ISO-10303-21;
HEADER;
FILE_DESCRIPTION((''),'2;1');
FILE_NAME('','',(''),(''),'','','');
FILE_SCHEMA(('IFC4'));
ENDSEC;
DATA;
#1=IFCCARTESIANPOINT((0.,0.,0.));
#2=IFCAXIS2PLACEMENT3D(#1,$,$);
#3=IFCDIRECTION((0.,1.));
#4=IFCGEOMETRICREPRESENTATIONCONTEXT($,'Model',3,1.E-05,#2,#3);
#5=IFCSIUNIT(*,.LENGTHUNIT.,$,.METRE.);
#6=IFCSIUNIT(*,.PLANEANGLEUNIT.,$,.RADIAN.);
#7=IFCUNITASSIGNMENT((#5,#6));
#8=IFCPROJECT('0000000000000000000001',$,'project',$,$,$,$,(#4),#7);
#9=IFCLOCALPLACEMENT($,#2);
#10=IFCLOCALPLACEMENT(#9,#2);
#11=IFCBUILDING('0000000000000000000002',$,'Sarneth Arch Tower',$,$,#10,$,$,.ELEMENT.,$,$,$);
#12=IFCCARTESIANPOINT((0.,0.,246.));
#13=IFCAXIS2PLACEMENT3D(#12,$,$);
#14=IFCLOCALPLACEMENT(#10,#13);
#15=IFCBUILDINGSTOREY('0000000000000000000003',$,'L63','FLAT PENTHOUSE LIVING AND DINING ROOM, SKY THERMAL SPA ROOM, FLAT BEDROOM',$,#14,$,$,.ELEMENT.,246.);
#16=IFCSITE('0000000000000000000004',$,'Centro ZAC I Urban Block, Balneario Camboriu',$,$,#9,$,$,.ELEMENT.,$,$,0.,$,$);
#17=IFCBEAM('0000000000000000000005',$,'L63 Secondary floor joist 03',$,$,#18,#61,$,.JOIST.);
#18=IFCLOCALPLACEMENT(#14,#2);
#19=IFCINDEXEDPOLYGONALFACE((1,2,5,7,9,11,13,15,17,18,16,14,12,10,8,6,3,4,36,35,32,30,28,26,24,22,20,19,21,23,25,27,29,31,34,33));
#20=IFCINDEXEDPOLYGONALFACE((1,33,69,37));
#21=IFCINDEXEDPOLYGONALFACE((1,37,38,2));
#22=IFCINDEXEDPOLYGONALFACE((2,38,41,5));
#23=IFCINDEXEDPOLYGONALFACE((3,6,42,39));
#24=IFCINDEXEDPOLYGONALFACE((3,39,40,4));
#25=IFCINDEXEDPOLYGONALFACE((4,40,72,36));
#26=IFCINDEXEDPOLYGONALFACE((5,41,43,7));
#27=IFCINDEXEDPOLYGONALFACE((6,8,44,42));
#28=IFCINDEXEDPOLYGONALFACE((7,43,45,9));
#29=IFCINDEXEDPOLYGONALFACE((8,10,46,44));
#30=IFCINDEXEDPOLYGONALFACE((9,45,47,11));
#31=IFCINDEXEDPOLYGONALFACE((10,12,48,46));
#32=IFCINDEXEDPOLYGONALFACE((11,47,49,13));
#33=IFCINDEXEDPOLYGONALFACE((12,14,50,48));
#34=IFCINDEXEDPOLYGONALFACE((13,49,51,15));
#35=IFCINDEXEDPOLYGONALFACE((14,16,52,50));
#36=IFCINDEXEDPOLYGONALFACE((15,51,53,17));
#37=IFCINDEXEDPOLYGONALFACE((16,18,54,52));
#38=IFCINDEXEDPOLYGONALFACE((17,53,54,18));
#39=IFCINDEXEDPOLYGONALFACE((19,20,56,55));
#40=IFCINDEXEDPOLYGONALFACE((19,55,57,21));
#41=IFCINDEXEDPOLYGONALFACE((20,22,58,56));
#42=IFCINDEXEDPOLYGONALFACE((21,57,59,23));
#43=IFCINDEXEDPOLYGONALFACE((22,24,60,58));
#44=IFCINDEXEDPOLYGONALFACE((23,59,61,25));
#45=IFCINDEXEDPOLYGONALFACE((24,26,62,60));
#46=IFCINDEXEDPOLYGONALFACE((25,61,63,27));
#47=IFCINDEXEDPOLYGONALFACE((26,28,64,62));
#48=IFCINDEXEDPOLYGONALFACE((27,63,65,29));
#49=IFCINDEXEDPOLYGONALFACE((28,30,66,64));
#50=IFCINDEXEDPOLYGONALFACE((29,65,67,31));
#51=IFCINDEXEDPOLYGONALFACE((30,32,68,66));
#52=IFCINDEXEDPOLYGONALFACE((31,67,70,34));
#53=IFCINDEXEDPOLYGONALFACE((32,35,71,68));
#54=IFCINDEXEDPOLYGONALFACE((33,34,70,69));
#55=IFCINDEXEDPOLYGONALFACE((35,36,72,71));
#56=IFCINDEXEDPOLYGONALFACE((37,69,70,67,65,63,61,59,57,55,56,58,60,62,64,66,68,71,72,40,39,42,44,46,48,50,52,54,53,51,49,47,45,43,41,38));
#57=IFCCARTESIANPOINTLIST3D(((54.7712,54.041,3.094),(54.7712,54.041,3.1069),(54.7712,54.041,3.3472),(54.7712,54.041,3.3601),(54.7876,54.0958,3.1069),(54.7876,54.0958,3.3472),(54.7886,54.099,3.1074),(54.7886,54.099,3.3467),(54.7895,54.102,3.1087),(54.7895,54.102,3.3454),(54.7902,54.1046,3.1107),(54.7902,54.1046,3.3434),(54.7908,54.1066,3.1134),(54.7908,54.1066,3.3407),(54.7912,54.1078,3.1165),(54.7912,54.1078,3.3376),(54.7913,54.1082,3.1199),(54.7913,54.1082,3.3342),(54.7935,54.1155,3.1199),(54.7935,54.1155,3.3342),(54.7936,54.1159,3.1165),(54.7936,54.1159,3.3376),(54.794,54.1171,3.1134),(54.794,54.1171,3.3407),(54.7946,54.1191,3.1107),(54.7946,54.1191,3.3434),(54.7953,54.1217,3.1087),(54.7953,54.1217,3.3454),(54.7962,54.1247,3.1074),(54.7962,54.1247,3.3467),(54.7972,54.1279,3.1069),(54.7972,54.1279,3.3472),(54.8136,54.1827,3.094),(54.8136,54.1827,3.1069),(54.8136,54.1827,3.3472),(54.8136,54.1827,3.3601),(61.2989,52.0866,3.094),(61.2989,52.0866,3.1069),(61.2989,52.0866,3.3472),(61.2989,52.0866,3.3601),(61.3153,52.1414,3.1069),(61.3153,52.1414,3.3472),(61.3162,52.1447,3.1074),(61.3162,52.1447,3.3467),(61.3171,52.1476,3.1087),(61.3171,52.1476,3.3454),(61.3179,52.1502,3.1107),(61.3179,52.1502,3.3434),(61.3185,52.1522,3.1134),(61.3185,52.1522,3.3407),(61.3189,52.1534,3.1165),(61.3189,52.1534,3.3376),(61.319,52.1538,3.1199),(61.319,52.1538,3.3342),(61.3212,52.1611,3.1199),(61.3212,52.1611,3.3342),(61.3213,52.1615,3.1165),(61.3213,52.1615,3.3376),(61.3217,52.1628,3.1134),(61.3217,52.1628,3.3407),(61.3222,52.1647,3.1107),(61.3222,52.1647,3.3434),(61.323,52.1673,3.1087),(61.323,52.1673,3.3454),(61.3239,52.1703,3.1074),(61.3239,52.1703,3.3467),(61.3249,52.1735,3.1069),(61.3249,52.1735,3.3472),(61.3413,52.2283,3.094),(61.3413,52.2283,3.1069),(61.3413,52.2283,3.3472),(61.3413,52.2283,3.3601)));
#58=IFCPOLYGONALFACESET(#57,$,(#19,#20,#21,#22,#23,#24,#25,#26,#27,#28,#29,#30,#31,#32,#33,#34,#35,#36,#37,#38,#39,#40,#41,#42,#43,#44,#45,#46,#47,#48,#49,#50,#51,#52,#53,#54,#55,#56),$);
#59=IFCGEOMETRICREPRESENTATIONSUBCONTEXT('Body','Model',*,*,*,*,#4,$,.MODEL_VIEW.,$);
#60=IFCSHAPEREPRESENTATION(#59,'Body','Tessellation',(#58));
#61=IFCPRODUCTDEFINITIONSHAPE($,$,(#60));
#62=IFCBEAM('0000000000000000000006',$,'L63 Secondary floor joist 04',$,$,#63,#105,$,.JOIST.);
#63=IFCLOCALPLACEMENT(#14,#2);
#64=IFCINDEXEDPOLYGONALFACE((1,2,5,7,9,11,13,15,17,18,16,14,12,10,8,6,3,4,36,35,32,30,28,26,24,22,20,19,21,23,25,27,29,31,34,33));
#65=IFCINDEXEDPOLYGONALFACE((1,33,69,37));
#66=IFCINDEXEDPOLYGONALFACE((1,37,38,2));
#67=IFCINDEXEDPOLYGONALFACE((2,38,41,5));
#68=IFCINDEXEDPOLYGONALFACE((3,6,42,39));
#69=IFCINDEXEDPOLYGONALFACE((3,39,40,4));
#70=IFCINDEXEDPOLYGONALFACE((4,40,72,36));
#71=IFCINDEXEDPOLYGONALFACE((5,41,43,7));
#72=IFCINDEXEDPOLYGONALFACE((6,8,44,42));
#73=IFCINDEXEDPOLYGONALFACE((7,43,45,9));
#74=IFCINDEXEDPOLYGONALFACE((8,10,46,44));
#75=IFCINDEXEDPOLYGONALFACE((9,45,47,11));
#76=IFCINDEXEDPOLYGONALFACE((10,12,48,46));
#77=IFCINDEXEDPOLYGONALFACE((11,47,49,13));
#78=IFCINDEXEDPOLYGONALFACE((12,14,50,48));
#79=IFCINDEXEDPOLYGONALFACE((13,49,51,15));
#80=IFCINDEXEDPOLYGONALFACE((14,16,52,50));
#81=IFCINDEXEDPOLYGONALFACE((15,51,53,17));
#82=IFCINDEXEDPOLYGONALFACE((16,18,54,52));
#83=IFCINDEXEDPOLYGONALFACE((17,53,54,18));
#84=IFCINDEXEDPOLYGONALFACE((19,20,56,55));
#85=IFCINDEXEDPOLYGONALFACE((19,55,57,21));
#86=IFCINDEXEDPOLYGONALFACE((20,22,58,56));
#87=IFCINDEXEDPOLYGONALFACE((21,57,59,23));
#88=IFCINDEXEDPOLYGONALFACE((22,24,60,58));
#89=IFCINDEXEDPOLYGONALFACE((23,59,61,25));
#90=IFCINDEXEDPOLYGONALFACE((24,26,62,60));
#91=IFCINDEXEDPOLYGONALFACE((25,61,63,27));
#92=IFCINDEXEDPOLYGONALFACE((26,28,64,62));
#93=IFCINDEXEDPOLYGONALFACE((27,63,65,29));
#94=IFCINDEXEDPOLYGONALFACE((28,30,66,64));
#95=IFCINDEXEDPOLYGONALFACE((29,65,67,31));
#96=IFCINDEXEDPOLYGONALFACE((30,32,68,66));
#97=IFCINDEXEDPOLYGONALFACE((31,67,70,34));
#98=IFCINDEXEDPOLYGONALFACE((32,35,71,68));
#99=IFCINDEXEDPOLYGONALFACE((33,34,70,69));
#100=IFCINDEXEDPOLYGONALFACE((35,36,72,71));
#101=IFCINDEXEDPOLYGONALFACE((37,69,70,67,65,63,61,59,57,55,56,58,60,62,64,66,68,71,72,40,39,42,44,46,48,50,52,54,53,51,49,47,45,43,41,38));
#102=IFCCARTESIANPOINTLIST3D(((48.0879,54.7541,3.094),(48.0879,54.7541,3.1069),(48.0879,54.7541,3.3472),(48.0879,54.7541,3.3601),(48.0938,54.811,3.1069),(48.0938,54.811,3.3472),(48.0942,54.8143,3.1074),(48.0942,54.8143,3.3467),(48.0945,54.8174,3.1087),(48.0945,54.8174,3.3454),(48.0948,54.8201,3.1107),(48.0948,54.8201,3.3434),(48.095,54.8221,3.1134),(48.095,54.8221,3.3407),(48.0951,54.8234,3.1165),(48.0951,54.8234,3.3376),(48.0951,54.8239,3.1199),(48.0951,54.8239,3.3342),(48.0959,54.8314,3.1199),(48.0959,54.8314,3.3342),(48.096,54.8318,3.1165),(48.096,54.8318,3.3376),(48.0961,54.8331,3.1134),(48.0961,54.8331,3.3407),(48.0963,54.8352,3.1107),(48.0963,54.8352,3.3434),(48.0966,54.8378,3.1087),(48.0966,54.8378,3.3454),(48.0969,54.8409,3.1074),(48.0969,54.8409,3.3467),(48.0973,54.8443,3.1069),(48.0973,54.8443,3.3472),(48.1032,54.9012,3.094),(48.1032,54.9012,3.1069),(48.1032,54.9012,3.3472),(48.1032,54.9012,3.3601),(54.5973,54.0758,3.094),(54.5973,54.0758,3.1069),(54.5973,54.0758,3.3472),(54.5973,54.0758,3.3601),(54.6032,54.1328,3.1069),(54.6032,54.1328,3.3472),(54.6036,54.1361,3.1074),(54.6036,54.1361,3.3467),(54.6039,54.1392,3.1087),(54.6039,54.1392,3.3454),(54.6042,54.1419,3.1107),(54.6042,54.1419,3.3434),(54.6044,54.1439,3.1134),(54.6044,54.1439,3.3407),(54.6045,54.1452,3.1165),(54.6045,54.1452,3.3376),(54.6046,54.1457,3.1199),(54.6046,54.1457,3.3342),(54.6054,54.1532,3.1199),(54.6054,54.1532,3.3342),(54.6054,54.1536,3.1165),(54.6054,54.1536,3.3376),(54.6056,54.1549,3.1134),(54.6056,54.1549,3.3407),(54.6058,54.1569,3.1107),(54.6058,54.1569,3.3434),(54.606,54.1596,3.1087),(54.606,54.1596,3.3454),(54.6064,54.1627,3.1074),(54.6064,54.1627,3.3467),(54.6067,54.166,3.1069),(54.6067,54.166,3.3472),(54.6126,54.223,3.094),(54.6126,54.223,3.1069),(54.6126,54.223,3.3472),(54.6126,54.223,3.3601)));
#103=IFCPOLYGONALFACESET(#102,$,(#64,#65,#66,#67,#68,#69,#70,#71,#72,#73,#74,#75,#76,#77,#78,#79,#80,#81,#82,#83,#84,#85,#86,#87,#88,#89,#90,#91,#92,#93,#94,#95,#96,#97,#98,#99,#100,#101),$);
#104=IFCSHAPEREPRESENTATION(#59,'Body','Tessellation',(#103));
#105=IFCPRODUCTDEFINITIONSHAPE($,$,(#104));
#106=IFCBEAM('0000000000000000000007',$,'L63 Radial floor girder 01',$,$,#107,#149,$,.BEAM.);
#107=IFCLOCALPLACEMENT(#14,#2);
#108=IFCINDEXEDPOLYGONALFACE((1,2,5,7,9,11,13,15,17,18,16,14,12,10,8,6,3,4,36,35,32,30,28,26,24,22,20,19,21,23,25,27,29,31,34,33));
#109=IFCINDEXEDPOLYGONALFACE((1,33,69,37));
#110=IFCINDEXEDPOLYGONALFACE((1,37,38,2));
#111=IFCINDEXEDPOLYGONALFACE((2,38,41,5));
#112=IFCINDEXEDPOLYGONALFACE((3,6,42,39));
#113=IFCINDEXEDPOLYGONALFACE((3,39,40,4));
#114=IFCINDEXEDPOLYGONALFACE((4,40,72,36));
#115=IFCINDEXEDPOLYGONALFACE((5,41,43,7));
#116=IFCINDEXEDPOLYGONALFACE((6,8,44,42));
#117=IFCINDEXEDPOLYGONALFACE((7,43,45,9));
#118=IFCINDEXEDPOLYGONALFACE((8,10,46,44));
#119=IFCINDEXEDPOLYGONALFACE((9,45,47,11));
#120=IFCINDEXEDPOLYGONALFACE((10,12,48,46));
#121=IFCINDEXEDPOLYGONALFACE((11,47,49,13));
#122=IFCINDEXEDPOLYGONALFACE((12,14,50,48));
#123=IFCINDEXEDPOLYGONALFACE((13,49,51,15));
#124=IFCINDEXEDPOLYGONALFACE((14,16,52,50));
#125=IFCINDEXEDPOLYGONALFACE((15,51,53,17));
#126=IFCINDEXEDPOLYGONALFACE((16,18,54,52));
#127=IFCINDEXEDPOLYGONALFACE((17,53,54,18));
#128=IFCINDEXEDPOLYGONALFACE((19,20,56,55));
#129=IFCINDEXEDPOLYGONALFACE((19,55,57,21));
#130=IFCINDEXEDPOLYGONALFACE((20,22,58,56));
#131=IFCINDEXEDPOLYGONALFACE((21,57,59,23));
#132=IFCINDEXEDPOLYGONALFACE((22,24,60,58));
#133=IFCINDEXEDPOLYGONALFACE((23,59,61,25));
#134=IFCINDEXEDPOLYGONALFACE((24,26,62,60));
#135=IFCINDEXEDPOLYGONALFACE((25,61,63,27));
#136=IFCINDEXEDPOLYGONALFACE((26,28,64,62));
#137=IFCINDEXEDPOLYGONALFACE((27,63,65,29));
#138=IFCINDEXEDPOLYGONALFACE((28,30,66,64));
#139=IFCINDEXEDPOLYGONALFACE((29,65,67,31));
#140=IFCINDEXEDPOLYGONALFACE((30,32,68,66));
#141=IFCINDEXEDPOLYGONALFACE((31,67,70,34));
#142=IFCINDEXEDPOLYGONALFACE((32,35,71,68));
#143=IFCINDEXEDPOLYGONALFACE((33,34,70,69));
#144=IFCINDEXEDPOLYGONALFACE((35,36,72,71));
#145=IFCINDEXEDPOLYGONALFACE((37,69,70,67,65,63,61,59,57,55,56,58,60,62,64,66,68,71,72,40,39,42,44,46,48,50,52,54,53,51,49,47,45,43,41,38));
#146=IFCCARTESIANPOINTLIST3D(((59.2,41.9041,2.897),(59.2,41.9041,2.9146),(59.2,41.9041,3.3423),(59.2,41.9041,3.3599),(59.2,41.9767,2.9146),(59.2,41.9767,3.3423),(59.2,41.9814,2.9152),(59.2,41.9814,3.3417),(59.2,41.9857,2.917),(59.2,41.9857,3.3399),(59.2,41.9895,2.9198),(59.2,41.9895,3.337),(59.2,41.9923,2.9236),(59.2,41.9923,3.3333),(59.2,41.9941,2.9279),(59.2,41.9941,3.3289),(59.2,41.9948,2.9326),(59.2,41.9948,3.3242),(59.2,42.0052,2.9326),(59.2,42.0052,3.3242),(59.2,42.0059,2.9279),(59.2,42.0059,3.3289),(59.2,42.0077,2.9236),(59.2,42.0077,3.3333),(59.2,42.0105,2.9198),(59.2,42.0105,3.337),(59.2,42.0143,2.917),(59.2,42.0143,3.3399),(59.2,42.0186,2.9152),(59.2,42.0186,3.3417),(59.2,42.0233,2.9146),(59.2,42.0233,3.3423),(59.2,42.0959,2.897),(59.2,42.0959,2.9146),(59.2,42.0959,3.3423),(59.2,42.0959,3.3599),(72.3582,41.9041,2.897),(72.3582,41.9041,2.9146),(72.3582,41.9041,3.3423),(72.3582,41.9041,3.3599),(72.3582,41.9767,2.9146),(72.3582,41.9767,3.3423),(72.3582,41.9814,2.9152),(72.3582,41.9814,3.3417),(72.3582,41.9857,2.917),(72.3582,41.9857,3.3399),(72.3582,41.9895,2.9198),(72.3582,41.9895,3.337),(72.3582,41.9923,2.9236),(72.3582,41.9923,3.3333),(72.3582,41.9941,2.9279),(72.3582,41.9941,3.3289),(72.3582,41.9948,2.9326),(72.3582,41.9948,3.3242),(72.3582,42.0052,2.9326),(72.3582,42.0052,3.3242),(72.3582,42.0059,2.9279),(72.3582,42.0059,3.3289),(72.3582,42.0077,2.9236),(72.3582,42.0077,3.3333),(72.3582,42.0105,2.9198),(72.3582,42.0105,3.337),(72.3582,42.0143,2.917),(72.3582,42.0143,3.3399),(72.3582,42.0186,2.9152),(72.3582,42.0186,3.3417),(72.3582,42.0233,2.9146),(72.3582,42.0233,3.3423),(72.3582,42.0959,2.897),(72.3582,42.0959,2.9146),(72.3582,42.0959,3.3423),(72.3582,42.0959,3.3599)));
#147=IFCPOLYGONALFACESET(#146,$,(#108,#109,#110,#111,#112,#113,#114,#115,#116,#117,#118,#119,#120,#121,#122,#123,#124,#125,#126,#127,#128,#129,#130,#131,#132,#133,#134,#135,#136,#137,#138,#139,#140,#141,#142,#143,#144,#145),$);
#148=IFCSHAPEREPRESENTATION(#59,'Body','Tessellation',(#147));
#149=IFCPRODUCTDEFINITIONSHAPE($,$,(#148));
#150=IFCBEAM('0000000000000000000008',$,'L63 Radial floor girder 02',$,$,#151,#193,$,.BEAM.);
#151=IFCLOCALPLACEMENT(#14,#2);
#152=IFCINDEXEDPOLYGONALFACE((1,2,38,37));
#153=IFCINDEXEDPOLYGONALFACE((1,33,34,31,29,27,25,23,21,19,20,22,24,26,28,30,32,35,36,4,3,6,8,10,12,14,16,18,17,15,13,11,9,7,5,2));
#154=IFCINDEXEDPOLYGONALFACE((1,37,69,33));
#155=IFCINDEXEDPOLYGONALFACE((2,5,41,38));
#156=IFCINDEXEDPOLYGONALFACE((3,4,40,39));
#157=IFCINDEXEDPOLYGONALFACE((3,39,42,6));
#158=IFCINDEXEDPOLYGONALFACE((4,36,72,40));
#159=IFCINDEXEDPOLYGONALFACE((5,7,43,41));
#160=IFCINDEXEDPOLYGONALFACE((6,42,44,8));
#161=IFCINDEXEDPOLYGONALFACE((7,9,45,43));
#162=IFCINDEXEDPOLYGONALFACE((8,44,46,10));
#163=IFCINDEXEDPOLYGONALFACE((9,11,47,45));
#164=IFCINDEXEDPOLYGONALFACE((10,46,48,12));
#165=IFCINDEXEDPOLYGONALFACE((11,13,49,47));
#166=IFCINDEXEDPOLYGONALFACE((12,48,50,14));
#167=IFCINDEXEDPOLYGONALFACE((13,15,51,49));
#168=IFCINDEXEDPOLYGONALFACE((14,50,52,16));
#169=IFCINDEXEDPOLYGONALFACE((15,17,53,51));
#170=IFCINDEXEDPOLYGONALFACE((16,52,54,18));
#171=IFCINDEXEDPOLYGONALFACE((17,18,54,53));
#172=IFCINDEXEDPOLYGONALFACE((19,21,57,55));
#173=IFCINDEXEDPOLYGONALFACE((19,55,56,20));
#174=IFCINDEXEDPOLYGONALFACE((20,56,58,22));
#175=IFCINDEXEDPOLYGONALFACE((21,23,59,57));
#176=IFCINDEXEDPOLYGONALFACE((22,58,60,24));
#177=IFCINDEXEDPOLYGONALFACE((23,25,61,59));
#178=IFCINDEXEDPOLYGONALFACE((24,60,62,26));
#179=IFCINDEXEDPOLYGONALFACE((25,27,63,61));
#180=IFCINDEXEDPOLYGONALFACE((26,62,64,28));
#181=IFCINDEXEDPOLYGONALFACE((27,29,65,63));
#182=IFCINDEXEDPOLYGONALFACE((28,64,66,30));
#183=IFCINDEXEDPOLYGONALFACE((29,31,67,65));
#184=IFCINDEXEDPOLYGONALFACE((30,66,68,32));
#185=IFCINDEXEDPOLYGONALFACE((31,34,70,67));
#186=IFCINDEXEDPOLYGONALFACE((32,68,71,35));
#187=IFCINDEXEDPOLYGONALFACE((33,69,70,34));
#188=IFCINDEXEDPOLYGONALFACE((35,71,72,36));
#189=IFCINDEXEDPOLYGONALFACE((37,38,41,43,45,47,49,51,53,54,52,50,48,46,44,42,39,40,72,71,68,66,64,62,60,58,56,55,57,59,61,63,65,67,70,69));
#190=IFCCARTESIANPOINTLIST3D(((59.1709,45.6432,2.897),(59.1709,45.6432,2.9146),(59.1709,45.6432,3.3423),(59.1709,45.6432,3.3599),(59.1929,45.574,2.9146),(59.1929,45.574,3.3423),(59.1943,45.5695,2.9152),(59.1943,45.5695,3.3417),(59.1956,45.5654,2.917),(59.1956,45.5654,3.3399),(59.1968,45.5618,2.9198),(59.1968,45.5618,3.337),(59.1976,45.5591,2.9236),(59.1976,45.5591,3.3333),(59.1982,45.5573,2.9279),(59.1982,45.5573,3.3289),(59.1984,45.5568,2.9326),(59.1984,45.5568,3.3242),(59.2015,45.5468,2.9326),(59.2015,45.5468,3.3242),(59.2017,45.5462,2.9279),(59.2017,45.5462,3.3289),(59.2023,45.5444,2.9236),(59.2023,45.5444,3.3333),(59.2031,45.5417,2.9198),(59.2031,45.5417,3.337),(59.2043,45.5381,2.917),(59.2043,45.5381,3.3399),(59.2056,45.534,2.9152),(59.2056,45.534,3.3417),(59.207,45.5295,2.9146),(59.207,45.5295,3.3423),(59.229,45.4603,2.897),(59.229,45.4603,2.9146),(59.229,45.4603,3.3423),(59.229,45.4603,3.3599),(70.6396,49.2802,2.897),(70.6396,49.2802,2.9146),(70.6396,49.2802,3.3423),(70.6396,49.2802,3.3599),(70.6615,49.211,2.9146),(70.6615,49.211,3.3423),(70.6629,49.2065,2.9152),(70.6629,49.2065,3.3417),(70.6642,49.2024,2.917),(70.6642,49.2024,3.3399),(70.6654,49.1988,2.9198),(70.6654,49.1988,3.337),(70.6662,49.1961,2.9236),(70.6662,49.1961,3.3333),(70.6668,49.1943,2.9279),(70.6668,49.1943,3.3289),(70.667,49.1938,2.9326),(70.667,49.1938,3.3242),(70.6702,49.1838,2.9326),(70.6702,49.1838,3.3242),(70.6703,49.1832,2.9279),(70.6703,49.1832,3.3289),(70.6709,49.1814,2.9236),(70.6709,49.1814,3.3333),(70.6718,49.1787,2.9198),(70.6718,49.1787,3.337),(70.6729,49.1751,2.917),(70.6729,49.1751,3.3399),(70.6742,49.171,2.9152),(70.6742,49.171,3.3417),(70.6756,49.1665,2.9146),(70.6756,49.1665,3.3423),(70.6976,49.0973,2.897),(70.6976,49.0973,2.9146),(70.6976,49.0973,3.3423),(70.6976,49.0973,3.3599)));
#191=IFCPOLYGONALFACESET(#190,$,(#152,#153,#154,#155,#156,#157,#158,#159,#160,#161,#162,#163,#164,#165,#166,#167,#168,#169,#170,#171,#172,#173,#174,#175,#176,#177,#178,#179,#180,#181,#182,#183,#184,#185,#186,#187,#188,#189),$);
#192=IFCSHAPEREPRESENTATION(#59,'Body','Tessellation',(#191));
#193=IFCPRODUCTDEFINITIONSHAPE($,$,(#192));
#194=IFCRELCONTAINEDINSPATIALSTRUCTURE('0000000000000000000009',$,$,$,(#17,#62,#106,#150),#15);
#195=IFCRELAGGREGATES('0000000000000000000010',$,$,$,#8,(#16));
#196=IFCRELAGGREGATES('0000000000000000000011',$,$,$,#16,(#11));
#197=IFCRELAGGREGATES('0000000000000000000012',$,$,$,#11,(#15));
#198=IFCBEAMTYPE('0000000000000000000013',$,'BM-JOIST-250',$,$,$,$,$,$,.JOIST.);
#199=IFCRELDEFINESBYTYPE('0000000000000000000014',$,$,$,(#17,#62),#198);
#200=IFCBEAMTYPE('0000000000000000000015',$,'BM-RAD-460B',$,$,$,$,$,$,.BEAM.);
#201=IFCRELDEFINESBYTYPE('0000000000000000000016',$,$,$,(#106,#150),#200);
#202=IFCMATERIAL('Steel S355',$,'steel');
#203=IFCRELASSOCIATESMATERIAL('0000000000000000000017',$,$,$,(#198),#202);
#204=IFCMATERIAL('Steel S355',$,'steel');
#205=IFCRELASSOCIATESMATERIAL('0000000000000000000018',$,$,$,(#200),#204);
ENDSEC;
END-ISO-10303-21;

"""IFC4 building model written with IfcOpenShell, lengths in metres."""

from ifc_helpers import new_model, si_unit, direction, frame, origin, origin_2d, place, context, subcontext, project, spatial, i_section, extrude, material, material_profile, profile_set, type_object, element, save


model = new_model("IFC4")

# Units and contexts
model_context = context("Model", 3, precision=1e-05, world=origin(), true_north=direction((0.0, 1.0)))
body_context = subcontext(model_context, "Body", "Model", "MODEL_VIEW")
ifc_project = project(units=[si_unit("LENGTHUNIT", "METRE"), si_unit("PLANEANGLEUNIT", "RADIAN")], contexts=[model_context])

# Site, building, storey
site_placement = place(None, origin())
site = spatial("IfcSite", under=ifc_project, at=site_placement, Name="Centro ZAC I Urban Block, Balneario Camboriu", CompositionType="ELEMENT", RefElevation=0.0)
building_placement = place(site_placement, origin())
building = spatial("IfcBuilding", under=site, at=building_placement, Name="Sarneth Arch Tower", CompositionType="ELEMENT")
storey_placement = place(building_placement, frame((0.0, 0.0, 246.0)))
storey = spatial("IfcBuildingStorey", under=building, at=storey_placement, Name="L63", Description="FLAT PENTHOUSE LIVING AND DINING ROOM, SKY THERMAL SPA ROOM, FLAT BEDROOM", CompositionType="ELEMENT", Elevation=246.0)

# Beams
ifc_material_1 = material(Name="Steel S355", Category="steel")
ifc_material_profile_1 = material_profile(ifc_material_1, i_section(OverallWidth=0.1479, OverallDepth=0.2661, WebThickness=0.0076, FlangeThickness=0.0129, FilletRadius=0.0129, at=origin_2d()), Name="W250x44.8")
ifc_profile_set_1 = profile_set([ifc_material_profile_1], Name="Steel S355")
beam_type_1 = type_object("IfcBeamType", Name="BM-JOIST-250", PredefinedType="JOIST", material=ifc_profile_set_1)
beam_1_placement = place(storey_placement, frame((61.3201, 52.1575, 3.2271), z_axis=(-0.957985, 0.286819, 0.0), x_axis=(-0.286819, -0.957985, 0.0)))
element("IfcBeam", 1, at=beam_1_placement, inside=storey, type_object=beam_type_1, Name="L63 Secondary floor joist 03", PredefinedType="JOIST", context=body_context, shape_type="SweptSolid", body=[
    extrude(i_section(OverallWidth=0.1479, OverallDepth=0.2661, WebThickness=0.0076, FlangeThickness=0.0129, FilletRadius=0.0129, at=origin_2d()), origin(), (0.0, 0.0, 1.0), 6.814),
])
beam_2_placement = place(storey_placement, frame((54.605, 54.1494, 3.2271), z_axis=(-0.994616, 0.103628, 0.0), x_axis=(-0.103628, -0.994616, 0.0)))
element("IfcBeam", 2, at=beam_2_placement, inside=storey, type_object=beam_type_1, Name="L63 Secondary floor joist 04", PredefinedType="JOIST", context=body_context, shape_type="SweptSolid", body=[
    extrude(i_section(OverallWidth=0.1479, OverallDepth=0.2661, WebThickness=0.0076, FlangeThickness=0.0129, FilletRadius=0.0129, at=origin_2d()), origin(), (0.0, 0.0, 1.0), 6.5447),
])
ifc_material_2 = material(Name="Steel S355", Category="steel")
ifc_material_profile_2 = material_profile(ifc_material_2, i_section(OverallWidth=0.1919, OverallDepth=0.4629, WebThickness=0.0105, FlangeThickness=0.0176, FilletRadius=0.0181, at=origin_2d()), Name="W460x89")
ifc_profile_set_2 = profile_set([ifc_material_profile_2], Name="Steel S355")
beam_type_2 = type_object("IfcBeamType", Name="BM-RAD-460B", PredefinedType="BEAM", material=ifc_profile_set_2)
beam_3_placement = place(storey_placement, frame((59.2, 42.0, 3.1284), z_axis=(1.0, 0.0, 0.0), x_axis=(0.0, 1.0, 0.0)))
element("IfcBeam", 3, at=beam_3_placement, inside=storey, type_object=beam_type_2, Name="L63 Radial floor girder 01", PredefinedType="BEAM", context=body_context, shape_type="SweptSolid", body=[
    extrude(i_section(OverallWidth=0.1919, OverallDepth=0.4629, WebThickness=0.0105, FlangeThickness=0.0176, FilletRadius=0.0181, at=origin_2d()), origin(), (0.0, 0.0, 1.0), 13.1582),
])
beam_4_placement = place(storey_placement, frame((59.2, 45.5518, 3.1284), z_axis=(0.953216, 0.30229, 0.0), x_axis=(-0.30229, 0.953216, 0.0)))
element("IfcBeam", 4, at=beam_4_placement, inside=storey, type_object=beam_type_2, Name="L63 Radial floor girder 02", PredefinedType="BEAM", context=body_context, shape_type="SweptSolid", body=[
    extrude(i_section(OverallWidth=0.1919, OverallDepth=0.4629, WebThickness=0.0105, FlangeThickness=0.0176, FilletRadius=0.0181, at=origin_2d()), origin(), (0.0, 0.0, 1.0), 12.0315),
])

save(model, "model.ifc")
